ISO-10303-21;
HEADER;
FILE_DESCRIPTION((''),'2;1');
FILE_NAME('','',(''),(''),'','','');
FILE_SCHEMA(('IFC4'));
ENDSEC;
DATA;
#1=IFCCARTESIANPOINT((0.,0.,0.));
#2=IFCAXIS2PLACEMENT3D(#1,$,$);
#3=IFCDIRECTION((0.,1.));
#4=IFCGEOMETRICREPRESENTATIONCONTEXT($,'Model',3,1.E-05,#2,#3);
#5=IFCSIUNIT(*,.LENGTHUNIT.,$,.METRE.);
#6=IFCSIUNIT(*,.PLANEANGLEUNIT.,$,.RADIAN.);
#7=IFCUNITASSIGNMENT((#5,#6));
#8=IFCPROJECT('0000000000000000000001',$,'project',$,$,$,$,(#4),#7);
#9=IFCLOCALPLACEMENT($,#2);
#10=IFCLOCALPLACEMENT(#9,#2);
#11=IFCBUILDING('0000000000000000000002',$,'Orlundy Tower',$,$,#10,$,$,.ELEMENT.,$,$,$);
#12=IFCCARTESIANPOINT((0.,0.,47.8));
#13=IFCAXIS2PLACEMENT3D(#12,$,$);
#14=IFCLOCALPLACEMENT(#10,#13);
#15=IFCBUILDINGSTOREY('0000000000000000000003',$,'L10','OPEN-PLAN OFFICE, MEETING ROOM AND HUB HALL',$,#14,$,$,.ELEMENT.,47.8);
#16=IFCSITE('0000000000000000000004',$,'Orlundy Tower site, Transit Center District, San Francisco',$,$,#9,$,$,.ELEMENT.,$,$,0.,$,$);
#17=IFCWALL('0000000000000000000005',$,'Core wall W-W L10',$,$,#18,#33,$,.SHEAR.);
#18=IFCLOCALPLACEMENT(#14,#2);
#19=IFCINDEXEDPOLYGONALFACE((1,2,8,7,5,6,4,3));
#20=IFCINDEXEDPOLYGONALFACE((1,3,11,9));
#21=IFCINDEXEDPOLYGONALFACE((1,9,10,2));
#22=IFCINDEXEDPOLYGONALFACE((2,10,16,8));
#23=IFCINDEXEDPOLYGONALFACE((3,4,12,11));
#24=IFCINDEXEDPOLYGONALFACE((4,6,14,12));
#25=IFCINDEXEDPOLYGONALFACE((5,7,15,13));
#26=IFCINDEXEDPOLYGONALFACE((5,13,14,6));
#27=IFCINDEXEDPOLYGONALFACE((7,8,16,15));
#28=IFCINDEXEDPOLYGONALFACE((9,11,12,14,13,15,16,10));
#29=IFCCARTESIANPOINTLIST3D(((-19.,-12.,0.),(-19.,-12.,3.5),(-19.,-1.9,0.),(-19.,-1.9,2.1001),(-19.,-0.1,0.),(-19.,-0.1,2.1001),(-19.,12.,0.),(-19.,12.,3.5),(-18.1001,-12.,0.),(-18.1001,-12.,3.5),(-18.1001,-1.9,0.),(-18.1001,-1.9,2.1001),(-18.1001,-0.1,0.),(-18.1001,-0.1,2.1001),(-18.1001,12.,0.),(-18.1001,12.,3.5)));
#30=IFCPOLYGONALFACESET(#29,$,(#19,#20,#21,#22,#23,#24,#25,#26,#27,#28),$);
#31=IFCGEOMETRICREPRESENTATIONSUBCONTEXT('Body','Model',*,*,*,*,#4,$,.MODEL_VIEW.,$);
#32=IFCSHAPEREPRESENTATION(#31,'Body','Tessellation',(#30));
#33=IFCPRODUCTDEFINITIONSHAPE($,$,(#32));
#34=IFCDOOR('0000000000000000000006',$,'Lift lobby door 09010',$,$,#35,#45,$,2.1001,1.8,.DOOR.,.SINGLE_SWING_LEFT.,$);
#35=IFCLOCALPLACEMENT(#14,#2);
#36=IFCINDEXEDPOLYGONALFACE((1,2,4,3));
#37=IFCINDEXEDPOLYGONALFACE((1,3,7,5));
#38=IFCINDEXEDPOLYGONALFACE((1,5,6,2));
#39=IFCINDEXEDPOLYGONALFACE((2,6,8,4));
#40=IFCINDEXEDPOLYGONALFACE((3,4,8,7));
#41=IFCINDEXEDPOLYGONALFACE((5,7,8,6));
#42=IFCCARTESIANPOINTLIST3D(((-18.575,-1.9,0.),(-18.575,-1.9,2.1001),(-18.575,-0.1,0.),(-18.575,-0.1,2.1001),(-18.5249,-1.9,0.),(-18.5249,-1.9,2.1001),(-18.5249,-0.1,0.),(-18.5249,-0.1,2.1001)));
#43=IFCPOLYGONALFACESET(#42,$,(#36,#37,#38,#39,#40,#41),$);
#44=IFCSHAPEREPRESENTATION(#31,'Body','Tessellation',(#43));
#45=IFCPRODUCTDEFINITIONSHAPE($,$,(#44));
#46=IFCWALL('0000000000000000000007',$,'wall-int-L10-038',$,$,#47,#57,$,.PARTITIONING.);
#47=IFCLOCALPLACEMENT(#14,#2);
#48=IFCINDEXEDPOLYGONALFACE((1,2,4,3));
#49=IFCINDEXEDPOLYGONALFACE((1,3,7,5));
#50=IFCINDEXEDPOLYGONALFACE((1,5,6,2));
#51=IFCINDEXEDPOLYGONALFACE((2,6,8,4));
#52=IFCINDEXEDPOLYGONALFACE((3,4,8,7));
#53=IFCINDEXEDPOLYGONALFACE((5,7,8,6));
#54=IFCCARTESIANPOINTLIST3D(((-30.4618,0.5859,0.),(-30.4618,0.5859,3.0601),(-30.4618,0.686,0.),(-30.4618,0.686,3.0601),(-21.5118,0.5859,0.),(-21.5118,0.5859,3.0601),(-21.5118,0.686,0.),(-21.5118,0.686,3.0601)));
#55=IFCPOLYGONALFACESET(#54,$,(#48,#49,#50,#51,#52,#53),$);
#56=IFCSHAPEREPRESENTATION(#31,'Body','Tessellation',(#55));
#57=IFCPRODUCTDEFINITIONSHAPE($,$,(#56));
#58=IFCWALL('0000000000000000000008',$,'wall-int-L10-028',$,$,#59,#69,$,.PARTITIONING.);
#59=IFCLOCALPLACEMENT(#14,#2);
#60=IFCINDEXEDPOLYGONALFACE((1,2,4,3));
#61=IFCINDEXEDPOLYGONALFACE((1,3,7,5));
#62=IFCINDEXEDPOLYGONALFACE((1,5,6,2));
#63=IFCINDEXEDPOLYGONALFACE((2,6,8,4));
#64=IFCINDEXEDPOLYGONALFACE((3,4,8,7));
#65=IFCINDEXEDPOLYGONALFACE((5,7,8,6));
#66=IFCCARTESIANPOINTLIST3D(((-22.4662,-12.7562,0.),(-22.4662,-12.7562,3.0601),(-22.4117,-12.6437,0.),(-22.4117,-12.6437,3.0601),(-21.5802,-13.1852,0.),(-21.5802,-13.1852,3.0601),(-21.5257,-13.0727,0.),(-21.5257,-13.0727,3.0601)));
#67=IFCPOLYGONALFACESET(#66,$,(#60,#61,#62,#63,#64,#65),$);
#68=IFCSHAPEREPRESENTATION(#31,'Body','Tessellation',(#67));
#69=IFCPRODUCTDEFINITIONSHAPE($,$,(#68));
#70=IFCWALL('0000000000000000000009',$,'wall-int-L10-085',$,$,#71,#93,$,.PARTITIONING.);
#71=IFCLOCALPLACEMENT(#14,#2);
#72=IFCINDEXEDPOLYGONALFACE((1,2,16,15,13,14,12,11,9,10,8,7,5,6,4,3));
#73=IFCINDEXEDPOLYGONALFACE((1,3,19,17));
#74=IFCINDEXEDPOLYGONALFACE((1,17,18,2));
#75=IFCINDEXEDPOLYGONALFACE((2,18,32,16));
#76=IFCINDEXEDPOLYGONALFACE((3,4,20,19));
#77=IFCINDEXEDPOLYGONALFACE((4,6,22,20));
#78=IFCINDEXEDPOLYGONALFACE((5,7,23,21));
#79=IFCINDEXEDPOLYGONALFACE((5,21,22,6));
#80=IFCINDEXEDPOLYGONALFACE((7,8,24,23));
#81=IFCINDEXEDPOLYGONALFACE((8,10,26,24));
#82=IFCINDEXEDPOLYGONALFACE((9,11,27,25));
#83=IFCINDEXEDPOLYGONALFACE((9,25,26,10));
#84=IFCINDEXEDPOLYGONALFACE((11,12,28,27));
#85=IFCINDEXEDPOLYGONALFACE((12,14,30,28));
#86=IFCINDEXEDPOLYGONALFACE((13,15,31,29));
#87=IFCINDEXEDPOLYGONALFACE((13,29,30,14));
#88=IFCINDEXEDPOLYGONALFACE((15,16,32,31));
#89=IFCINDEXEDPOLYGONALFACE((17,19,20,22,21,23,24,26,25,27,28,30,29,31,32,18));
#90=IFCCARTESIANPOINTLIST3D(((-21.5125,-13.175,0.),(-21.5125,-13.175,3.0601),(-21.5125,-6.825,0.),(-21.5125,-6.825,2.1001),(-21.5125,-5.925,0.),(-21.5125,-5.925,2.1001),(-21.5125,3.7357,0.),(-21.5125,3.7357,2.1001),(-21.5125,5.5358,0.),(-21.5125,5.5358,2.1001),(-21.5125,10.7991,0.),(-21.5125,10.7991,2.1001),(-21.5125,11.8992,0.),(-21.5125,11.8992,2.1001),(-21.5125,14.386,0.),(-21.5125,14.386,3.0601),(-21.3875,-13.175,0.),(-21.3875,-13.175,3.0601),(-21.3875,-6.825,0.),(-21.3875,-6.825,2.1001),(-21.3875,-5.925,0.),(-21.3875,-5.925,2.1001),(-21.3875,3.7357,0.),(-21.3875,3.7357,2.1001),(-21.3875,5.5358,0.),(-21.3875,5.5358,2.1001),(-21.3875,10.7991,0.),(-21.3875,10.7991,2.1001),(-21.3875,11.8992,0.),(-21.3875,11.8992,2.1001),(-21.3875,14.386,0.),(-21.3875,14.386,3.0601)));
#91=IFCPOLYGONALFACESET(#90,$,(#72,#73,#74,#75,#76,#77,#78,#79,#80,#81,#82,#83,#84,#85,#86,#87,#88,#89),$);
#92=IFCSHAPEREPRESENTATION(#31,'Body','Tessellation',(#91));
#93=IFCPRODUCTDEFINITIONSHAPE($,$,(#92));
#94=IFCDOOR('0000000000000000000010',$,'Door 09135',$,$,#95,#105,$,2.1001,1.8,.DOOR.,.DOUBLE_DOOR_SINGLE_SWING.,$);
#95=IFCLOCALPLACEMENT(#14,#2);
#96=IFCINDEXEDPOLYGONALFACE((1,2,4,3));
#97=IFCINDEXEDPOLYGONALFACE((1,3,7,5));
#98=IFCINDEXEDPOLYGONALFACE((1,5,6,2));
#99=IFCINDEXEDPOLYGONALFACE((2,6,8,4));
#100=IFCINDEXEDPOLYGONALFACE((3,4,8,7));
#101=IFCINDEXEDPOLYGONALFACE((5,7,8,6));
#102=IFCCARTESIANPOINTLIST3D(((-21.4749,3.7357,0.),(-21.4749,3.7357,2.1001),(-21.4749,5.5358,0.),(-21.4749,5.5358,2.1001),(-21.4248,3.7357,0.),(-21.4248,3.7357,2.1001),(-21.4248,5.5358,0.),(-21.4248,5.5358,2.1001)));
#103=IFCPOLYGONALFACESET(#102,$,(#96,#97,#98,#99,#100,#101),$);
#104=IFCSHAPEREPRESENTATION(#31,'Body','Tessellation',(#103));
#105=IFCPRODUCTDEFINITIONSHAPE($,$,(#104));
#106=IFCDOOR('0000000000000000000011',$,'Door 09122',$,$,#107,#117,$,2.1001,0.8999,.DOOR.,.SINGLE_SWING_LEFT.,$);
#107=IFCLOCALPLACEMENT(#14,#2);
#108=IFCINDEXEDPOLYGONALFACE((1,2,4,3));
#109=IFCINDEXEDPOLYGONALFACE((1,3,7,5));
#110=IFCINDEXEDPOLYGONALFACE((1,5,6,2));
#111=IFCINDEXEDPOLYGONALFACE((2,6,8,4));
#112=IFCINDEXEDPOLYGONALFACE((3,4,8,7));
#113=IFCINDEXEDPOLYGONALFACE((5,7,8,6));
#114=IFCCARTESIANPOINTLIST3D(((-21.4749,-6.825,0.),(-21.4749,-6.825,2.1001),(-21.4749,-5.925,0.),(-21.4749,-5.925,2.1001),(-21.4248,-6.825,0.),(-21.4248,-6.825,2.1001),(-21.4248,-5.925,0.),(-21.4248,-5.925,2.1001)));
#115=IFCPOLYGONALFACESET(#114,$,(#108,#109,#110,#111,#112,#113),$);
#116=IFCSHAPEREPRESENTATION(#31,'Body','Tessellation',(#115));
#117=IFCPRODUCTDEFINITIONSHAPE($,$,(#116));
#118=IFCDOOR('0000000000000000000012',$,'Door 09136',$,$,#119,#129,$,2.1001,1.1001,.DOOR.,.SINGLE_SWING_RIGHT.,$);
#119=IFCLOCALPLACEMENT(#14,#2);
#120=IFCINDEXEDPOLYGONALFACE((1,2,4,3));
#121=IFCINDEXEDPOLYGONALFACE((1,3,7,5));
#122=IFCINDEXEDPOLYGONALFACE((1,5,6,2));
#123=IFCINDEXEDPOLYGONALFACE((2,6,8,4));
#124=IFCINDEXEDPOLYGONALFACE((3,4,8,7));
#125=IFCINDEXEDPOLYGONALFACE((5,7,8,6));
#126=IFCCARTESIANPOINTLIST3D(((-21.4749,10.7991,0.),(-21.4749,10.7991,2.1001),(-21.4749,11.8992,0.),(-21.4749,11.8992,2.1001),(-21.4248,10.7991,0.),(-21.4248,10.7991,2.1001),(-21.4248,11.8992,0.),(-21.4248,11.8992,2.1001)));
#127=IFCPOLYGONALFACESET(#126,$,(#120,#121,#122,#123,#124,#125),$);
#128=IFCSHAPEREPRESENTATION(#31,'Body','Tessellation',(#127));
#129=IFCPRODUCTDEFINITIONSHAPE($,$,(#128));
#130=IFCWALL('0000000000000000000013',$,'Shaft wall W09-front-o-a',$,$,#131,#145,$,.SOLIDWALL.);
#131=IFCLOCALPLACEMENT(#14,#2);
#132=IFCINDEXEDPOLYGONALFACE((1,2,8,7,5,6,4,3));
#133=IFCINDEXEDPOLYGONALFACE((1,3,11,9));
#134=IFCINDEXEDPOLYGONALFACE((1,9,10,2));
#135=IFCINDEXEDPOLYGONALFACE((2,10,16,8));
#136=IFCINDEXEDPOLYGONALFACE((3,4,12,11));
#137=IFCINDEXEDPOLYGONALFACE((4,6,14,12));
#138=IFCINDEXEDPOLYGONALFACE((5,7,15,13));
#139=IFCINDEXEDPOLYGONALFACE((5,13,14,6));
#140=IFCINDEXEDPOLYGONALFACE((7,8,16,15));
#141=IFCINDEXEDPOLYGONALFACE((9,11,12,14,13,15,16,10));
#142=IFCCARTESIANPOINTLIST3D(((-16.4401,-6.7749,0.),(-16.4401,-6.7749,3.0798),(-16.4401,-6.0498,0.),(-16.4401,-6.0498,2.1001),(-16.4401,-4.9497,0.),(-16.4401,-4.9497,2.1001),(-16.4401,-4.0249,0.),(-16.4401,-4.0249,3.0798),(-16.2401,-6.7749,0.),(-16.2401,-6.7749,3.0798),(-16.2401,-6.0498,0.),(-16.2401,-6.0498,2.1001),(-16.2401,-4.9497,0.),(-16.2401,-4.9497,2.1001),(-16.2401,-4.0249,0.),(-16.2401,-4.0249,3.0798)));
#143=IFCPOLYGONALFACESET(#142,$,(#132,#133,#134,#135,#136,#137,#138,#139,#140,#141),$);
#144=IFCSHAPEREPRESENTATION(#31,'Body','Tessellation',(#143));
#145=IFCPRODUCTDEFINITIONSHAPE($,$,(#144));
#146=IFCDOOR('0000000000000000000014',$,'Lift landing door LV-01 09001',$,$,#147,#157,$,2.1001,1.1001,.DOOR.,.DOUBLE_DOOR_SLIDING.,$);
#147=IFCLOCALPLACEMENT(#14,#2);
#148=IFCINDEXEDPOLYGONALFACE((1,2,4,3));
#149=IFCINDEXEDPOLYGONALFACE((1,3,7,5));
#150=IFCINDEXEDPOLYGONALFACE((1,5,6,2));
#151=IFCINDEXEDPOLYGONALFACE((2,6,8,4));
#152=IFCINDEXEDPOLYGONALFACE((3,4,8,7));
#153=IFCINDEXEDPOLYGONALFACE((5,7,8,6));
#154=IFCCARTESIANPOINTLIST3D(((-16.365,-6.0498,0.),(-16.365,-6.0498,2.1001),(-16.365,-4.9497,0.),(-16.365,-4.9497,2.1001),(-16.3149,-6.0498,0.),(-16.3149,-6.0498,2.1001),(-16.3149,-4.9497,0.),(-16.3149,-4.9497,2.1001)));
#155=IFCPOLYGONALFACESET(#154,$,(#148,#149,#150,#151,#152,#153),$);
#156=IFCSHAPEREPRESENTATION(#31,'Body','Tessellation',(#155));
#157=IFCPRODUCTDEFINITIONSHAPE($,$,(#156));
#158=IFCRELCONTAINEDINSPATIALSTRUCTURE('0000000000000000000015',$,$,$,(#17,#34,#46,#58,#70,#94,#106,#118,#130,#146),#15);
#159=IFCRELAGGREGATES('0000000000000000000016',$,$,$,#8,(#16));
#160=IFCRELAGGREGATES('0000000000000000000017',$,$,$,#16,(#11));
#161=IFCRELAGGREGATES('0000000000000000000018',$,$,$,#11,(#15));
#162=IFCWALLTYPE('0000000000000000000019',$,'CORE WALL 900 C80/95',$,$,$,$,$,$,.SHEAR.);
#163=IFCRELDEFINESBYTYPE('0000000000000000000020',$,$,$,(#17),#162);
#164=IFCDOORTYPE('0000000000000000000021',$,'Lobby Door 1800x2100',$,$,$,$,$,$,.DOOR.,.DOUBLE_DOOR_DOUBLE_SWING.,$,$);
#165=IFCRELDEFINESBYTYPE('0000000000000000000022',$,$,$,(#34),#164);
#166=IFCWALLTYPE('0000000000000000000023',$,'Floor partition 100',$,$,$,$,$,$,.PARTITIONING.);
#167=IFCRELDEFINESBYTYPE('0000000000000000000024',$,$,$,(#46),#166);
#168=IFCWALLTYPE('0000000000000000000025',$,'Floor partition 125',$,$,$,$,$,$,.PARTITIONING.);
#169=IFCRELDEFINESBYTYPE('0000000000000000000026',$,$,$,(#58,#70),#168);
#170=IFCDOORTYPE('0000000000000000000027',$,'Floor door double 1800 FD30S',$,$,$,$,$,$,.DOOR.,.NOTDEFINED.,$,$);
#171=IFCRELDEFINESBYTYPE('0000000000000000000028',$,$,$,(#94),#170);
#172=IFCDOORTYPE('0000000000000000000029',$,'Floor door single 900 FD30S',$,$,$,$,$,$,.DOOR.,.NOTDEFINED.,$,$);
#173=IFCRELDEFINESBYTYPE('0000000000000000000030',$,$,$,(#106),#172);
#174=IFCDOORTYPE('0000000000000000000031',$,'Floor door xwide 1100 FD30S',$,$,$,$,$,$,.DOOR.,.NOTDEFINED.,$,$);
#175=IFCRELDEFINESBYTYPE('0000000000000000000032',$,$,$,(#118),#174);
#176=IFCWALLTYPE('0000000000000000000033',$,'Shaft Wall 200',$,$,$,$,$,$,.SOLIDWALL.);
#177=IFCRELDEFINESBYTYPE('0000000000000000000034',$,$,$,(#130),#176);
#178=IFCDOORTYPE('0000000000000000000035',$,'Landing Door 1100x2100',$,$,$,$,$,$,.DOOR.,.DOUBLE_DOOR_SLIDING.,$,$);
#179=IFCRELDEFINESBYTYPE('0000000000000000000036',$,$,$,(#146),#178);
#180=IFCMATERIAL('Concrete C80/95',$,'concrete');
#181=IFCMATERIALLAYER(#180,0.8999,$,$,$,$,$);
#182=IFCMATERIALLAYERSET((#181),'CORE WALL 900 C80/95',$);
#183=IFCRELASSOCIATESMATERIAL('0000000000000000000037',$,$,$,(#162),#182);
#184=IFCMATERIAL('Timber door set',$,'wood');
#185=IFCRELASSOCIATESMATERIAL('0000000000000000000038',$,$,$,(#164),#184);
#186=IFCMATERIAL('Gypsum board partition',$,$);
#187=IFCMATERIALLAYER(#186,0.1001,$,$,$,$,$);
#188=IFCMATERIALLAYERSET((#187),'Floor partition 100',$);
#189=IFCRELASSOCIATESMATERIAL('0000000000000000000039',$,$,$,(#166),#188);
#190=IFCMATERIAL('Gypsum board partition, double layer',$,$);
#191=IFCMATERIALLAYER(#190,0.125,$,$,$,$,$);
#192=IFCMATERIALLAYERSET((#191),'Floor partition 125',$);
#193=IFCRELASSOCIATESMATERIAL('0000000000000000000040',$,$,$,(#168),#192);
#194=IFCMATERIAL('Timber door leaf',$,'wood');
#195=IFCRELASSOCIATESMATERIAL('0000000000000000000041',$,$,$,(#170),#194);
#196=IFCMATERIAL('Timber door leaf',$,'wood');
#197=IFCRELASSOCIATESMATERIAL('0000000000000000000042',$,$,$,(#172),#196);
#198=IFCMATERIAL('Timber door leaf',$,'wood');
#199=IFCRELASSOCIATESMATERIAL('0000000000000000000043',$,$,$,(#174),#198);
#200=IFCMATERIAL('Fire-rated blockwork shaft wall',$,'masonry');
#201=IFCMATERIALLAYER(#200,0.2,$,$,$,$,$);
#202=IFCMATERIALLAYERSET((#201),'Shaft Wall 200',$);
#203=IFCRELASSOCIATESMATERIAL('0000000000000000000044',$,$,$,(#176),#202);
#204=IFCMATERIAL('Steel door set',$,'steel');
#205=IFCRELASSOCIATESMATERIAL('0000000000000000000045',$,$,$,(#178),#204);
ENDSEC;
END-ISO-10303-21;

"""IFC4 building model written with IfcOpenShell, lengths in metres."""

from ifc_helpers import new_model, si_unit, direction, frame, frame_2d, origin, place, context, subcontext, project, spatial, rectangle, extrude, material, layer, layer_set, type_object, element, fill, save


model = new_model("IFC4")

# Units and contexts
model_context = context("Model", 3, precision=1e-05, world=origin(), true_north=direction((0.0, 1.0)))
body_context = subcontext(model_context, "Body", "Model", "MODEL_VIEW")
ifc_project = project(units=[si_unit("LENGTHUNIT", "METRE"), si_unit("PLANEANGLEUNIT", "RADIAN")], contexts=[model_context])

# Site, building, storey
site_placement = place(None, origin())
site = spatial("IfcSite", under=ifc_project, at=site_placement, Name="Orlundy Tower site, Transit Center District, San Francisco", CompositionType="ELEMENT", RefElevation=0.0)
building_placement = place(site_placement, origin())
building = spatial("IfcBuilding", under=site, at=building_placement, Name="Orlundy Tower", CompositionType="ELEMENT")
storey_placement = place(building_placement, frame((0.0, 0.0, 47.8)))
storey = spatial("IfcBuildingStorey", under=building, at=storey_placement, Name="L10", Description="OPEN-PLAN OFFICE, MEETING ROOM AND HUB HALL", CompositionType="ELEMENT", Elevation=47.8)

# Shared definitions
ifc_material_1 = material(Name="Concrete C80/95", Category="concrete")
ifc_layer_1 = layer(ifc_material_1, 0.8999)
ifc_layer_set_1 = layer_set([ifc_layer_1], Name="CORE WALL 900 C80/95")
wall_type_1 = type_object("IfcWallType", Name="CORE WALL 900 C80/95", PredefinedType="SHEAR", material=ifc_layer_set_1)

# Wall, opening, door
wall_1_placement = place(storey_placement, frame((-18.55, -12.0, 0.0), z_axis=(0.0, 0.0, 1.0), x_axis=(0.0, 1.0, 0.0)))
wall_1 = element("IfcWall", 1, at=wall_1_placement, inside=storey, type_object=wall_type_1, Name="Core wall W-W L10", PredefinedType="SHEAR", context=body_context, shape_type="SweptSolid", body=[
    extrude(rectangle(XDim=24.0, YDim=0.8999, at=frame_2d((12.0, 0.0))), origin(), (0.0, 0.0, 1.0), 3.5),
])
opening_1_placement = place(wall_1_placement, frame((10.1001, 0.0, 0.0)))
opening_1 = element("IfcOpeningElement", 2, at=opening_1_placement, cuts=wall_1, PredefinedType="OPENING", context=body_context, shape_type="SweptSolid", body=[
    extrude(rectangle(XDim=1.8, YDim=2.1001, at=frame_2d((0.8999, 1.05))), frame((0.0, 0.46, 0.0), z_axis=(0.0, -1.0, 0.0), x_axis=(1.0, 0.0, 0.0)), (0.0, 0.0, 1.0), 0.9199),
])
ifc_material_2 = material(Name="Timber door set", Category="wood")
door_type_1 = type_object("IfcDoorType", Name="Lobby Door 1800x2100", OperationType="DOUBLE_DOOR_DOUBLE_SWING", PredefinedType="DOOR", material=ifc_material_2)
door_1_placement = place(opening_1_placement, origin())
door_1 = element("IfcDoor", 3, at=door_1_placement, inside=storey, type_object=door_type_1, Name="Lift lobby door 09010", OperationType="SINGLE_SWING_LEFT", OverallHeight=2.1001, OverallWidth=1.8, PredefinedType="DOOR", context=body_context, shape_type="SweptSolid", body=[
    extrude(rectangle(XDim=1.8, YDim=2.1001, at=frame_2d((0.8999, 1.05))), frame((0.0, 0.0249, 0.0), z_axis=(0.0, -1.0, 0.0), x_axis=(1.0, 0.0, 0.0)), (0.0, 0.0, 1.0), 0.05),
])
fill(opening_1, door_1)

# Walls
ifc_material_3 = material(Name="Gypsum board partition")
ifc_layer_2 = layer(ifc_material_3, 0.1001)
ifc_layer_set_2 = layer_set([ifc_layer_2], Name="Floor partition 100")
wall_type_2 = type_object("IfcWallType", Name="Floor partition 100", PredefinedType="PARTITIONING", material=ifc_layer_set_2)
wall_2_placement = place(storey_placement, frame((-30.4619, 0.636, 0.0), z_axis=(0.0, 0.0, 1.0), x_axis=(1.0, 0.0, 0.0)))
element("IfcWall", 4, at=wall_2_placement, inside=storey, type_object=wall_type_2, Name="wall-int-L10-038", PredefinedType="PARTITIONING", context=body_context, shape_type="SweptSolid", body=[
    extrude(rectangle(XDim=8.95, YDim=0.1001, at=frame_2d((4.4751, 0.0))), origin(), (0.0, 0.0, 1.0), 3.0601),
])
ifc_material_4 = material(Name="Gypsum board partition, double layer")
ifc_layer_3 = layer(ifc_material_4, 0.125)
ifc_layer_set_3 = layer_set([ifc_layer_3], Name="Floor partition 125")
wall_type_3 = type_object("IfcWallType", Name="Floor partition 125", PredefinedType="PARTITIONING", material=ifc_layer_set_3)
wall_3_placement = place(storey_placement, frame((-22.439, -12.7, 0.0), z_axis=(0.0, 0.0, 1.0), x_axis=(0.900059, -0.435768, 0.0)))
element("IfcWall", 5, at=wall_3_placement, inside=storey, type_object=wall_type_3, Name="wall-int-L10-028", PredefinedType="PARTITIONING", context=body_context, shape_type="SweptSolid", body=[
    extrude(rectangle(XDim=0.9844, YDim=0.125, at=frame_2d((0.4922, 0.0))), origin(), (0.0, 0.0, 1.0), 3.0601),
])

# Wall, openings, doors
wall_4_placement = place(storey_placement, frame((-21.45, -13.175, 0.0), z_axis=(0.0, 0.0, 1.0), x_axis=(0.0, 1.0, 0.0)))
wall_4 = element("IfcWall", 6, at=wall_4_placement, inside=storey, type_object=wall_type_3, Name="wall-int-L10-085", PredefinedType="PARTITIONING", context=body_context, shape_type="SweptSolid", body=[
    extrude(rectangle(XDim=27.561, YDim=0.125, at=frame_2d((13.7805, 0.0))), origin(), (0.0, 0.0, 1.0), 3.0601),
])
opening_2_placement = place(wall_4_placement, frame((6.3501, 0.0, 0.0)))
opening_2 = element("IfcOpeningElement", 7, at=opening_2_placement, cuts=wall_4, PredefinedType="OPENING", context=body_context, shape_type="SweptSolid", body=[
    extrude(rectangle(XDim=0.8999, YDim=2.1001, at=frame_2d((0.45, 1.05))), frame((0.0, 0.0725, 0.0), z_axis=(0.0, -1.0, 0.0), x_axis=(1.0, 0.0, 0.0)), (0.0, 0.0, 1.0), 0.145),
])
opening_3_placement = place(wall_4_placement, frame((16.9109, 0.0, 0.0)))
opening_3 = element("IfcOpeningElement", 8, at=opening_3_placement, cuts=wall_4, PredefinedType="OPENING", context=body_context, shape_type="SweptSolid", body=[
    extrude(rectangle(XDim=1.8, YDim=2.1001, at=frame_2d((0.8999, 1.05))), frame((0.0, 0.0725, 0.0), z_axis=(0.0, -1.0, 0.0), x_axis=(1.0, 0.0, 0.0)), (0.0, 0.0, 1.0), 0.145),
])
opening_4_placement = place(wall_4_placement, frame((23.9741, 0.0, 0.0)))
opening_4 = element("IfcOpeningElement", 9, at=opening_4_placement, cuts=wall_4, PredefinedType="OPENING", context=body_context, shape_type="SweptSolid", body=[
    extrude(rectangle(XDim=1.1001, YDim=2.1001, at=frame_2d((0.55, 1.05))), frame((0.0, 0.0725, 0.0), z_axis=(0.0, -1.0, 0.0), x_axis=(1.0, 0.0, 0.0)), (0.0, 0.0, 1.0), 0.145),
])
ifc_material_5 = material(Name="Timber door leaf", Category="wood")
door_type_2 = type_object("IfcDoorType", Name="Floor door double 1800 FD30S", OperationType="NOTDEFINED", PredefinedType="DOOR", material=ifc_material_5)
door_2_placement = place(opening_3_placement, origin())
door_2 = element("IfcDoor", 10, at=door_2_placement, inside=storey, type_object=door_type_2, Name="Door 09135", OperationType="DOUBLE_DOOR_SINGLE_SWING", OverallHeight=2.1001, OverallWidth=1.8, PredefinedType="DOOR", context=body_context, shape_type="SweptSolid", body=[
    extrude(rectangle(XDim=1.8, YDim=2.1001, at=frame_2d((0.8999, 1.05))), frame((0.0, 0.0249, 0.0), z_axis=(0.0, -1.0, 0.0), x_axis=(1.0, 0.0, 0.0)), (0.0, 0.0, 1.0), 0.05),
])
fill(opening_3, door_2)
ifc_material_6 = material(Name="Timber door leaf", Category="wood")
door_type_3 = type_object("IfcDoorType", Name="Floor door single 900 FD30S", OperationType="NOTDEFINED", PredefinedType="DOOR", material=ifc_material_6)
door_3_placement = place(opening_2_placement, origin())
door_3 = element("IfcDoor", 11, at=door_3_placement, inside=storey, type_object=door_type_3, Name="Door 09122", OperationType="SINGLE_SWING_LEFT", OverallHeight=2.1001, OverallWidth=0.8999, PredefinedType="DOOR", context=body_context, shape_type="SweptSolid", body=[
    extrude(rectangle(XDim=0.8999, YDim=2.1001, at=frame_2d((0.45, 1.05))), frame((0.0, 0.0249, 0.0), z_axis=(0.0, -1.0, 0.0), x_axis=(1.0, 0.0, 0.0)), (0.0, 0.0, 1.0), 0.05),
])
fill(opening_2, door_3)
ifc_material_7 = material(Name="Timber door leaf", Category="wood")
door_type_4 = type_object("IfcDoorType", Name="Floor door xwide 1100 FD30S", OperationType="NOTDEFINED", PredefinedType="DOOR", material=ifc_material_7)
door_4_placement = place(opening_4_placement, origin())
door_4 = element("IfcDoor", 12, at=door_4_placement, inside=storey, type_object=door_type_4, Name="Door 09136", OperationType="SINGLE_SWING_RIGHT", OverallHeight=2.1001, OverallWidth=1.1001, PredefinedType="DOOR", context=body_context, shape_type="SweptSolid", body=[
    extrude(rectangle(XDim=1.1001, YDim=2.1001, at=frame_2d((0.55, 1.05))), frame((0.0, 0.0249, 0.0), z_axis=(0.0, -1.0, 0.0), x_axis=(1.0, 0.0, 0.0)), (0.0, 0.0, 1.0), 0.05),
])
fill(opening_4, door_4)

# Wall, opening, door
ifc_material_8 = material(Name="Fire-rated blockwork shaft wall", Category="masonry")
ifc_layer_4 = layer(ifc_material_8, 0.2)
ifc_layer_set_4 = layer_set([ifc_layer_4], Name="Shaft Wall 200")
wall_type_4 = type_object("IfcWallType", Name="Shaft Wall 200", PredefinedType="SOLIDWALL", material=ifc_layer_set_4)
wall_5_placement = place(storey_placement, frame((-16.3401, -6.7749, 0.0), z_axis=(0.0, 0.0, 1.0), x_axis=(0.0, 1.0, 0.0)))
wall_5 = element("IfcWall", 13, at=wall_5_placement, inside=storey, type_object=wall_type_4, Name="Shaft wall W09-front-o-a", PredefinedType="SOLIDWALL", context=body_context, shape_type="SweptSolid", body=[
    extrude(rectangle(XDim=2.75, YDim=0.2, at=frame_2d((1.375, 0.0))), origin(), (0.0, 0.0, 1.0), 3.0798),
])
opening_5_placement = place(wall_5_placement, frame((0.7251, 0.0, 0.0)))
opening_5 = element("IfcOpeningElement", 14, at=opening_5_placement, cuts=wall_5, PredefinedType="OPENING", context=body_context, shape_type="SweptSolid", body=[
    extrude(rectangle(XDim=1.1001, YDim=2.1001, at=frame_2d((0.55, 1.05))), frame((0.0, 0.1101, 0.0), z_axis=(0.0, -1.0, 0.0), x_axis=(1.0, 0.0, 0.0)), (0.0, 0.0, 1.0), 0.2202),
])
ifc_material_9 = material(Name="Steel door set", Category="steel")
door_type_5 = type_object("IfcDoorType", Name="Landing Door 1100x2100", OperationType="DOUBLE_DOOR_SLIDING", PredefinedType="DOOR", material=ifc_material_9)
door_5_placement = place(opening_5_placement, origin())
door_5 = element("IfcDoor", 15, at=door_5_placement, inside=storey, type_object=door_type_5, Name="Lift landing door LV-01 09001", OperationType="DOUBLE_DOOR_SLIDING", OverallHeight=2.1001, OverallWidth=1.1001, PredefinedType="DOOR", context=body_context, shape_type="SweptSolid", body=[
    extrude(rectangle(XDim=1.1001, YDim=2.1001, at=frame_2d((0.55, 1.05))), frame((0.0, 0.0249, 0.0), z_axis=(0.0, -1.0, 0.0), x_axis=(1.0, 0.0, 0.0)), (0.0, 0.0, 1.0), 0.05),
])
fill(opening_5, door_5)

save(model, "model.ifc")
